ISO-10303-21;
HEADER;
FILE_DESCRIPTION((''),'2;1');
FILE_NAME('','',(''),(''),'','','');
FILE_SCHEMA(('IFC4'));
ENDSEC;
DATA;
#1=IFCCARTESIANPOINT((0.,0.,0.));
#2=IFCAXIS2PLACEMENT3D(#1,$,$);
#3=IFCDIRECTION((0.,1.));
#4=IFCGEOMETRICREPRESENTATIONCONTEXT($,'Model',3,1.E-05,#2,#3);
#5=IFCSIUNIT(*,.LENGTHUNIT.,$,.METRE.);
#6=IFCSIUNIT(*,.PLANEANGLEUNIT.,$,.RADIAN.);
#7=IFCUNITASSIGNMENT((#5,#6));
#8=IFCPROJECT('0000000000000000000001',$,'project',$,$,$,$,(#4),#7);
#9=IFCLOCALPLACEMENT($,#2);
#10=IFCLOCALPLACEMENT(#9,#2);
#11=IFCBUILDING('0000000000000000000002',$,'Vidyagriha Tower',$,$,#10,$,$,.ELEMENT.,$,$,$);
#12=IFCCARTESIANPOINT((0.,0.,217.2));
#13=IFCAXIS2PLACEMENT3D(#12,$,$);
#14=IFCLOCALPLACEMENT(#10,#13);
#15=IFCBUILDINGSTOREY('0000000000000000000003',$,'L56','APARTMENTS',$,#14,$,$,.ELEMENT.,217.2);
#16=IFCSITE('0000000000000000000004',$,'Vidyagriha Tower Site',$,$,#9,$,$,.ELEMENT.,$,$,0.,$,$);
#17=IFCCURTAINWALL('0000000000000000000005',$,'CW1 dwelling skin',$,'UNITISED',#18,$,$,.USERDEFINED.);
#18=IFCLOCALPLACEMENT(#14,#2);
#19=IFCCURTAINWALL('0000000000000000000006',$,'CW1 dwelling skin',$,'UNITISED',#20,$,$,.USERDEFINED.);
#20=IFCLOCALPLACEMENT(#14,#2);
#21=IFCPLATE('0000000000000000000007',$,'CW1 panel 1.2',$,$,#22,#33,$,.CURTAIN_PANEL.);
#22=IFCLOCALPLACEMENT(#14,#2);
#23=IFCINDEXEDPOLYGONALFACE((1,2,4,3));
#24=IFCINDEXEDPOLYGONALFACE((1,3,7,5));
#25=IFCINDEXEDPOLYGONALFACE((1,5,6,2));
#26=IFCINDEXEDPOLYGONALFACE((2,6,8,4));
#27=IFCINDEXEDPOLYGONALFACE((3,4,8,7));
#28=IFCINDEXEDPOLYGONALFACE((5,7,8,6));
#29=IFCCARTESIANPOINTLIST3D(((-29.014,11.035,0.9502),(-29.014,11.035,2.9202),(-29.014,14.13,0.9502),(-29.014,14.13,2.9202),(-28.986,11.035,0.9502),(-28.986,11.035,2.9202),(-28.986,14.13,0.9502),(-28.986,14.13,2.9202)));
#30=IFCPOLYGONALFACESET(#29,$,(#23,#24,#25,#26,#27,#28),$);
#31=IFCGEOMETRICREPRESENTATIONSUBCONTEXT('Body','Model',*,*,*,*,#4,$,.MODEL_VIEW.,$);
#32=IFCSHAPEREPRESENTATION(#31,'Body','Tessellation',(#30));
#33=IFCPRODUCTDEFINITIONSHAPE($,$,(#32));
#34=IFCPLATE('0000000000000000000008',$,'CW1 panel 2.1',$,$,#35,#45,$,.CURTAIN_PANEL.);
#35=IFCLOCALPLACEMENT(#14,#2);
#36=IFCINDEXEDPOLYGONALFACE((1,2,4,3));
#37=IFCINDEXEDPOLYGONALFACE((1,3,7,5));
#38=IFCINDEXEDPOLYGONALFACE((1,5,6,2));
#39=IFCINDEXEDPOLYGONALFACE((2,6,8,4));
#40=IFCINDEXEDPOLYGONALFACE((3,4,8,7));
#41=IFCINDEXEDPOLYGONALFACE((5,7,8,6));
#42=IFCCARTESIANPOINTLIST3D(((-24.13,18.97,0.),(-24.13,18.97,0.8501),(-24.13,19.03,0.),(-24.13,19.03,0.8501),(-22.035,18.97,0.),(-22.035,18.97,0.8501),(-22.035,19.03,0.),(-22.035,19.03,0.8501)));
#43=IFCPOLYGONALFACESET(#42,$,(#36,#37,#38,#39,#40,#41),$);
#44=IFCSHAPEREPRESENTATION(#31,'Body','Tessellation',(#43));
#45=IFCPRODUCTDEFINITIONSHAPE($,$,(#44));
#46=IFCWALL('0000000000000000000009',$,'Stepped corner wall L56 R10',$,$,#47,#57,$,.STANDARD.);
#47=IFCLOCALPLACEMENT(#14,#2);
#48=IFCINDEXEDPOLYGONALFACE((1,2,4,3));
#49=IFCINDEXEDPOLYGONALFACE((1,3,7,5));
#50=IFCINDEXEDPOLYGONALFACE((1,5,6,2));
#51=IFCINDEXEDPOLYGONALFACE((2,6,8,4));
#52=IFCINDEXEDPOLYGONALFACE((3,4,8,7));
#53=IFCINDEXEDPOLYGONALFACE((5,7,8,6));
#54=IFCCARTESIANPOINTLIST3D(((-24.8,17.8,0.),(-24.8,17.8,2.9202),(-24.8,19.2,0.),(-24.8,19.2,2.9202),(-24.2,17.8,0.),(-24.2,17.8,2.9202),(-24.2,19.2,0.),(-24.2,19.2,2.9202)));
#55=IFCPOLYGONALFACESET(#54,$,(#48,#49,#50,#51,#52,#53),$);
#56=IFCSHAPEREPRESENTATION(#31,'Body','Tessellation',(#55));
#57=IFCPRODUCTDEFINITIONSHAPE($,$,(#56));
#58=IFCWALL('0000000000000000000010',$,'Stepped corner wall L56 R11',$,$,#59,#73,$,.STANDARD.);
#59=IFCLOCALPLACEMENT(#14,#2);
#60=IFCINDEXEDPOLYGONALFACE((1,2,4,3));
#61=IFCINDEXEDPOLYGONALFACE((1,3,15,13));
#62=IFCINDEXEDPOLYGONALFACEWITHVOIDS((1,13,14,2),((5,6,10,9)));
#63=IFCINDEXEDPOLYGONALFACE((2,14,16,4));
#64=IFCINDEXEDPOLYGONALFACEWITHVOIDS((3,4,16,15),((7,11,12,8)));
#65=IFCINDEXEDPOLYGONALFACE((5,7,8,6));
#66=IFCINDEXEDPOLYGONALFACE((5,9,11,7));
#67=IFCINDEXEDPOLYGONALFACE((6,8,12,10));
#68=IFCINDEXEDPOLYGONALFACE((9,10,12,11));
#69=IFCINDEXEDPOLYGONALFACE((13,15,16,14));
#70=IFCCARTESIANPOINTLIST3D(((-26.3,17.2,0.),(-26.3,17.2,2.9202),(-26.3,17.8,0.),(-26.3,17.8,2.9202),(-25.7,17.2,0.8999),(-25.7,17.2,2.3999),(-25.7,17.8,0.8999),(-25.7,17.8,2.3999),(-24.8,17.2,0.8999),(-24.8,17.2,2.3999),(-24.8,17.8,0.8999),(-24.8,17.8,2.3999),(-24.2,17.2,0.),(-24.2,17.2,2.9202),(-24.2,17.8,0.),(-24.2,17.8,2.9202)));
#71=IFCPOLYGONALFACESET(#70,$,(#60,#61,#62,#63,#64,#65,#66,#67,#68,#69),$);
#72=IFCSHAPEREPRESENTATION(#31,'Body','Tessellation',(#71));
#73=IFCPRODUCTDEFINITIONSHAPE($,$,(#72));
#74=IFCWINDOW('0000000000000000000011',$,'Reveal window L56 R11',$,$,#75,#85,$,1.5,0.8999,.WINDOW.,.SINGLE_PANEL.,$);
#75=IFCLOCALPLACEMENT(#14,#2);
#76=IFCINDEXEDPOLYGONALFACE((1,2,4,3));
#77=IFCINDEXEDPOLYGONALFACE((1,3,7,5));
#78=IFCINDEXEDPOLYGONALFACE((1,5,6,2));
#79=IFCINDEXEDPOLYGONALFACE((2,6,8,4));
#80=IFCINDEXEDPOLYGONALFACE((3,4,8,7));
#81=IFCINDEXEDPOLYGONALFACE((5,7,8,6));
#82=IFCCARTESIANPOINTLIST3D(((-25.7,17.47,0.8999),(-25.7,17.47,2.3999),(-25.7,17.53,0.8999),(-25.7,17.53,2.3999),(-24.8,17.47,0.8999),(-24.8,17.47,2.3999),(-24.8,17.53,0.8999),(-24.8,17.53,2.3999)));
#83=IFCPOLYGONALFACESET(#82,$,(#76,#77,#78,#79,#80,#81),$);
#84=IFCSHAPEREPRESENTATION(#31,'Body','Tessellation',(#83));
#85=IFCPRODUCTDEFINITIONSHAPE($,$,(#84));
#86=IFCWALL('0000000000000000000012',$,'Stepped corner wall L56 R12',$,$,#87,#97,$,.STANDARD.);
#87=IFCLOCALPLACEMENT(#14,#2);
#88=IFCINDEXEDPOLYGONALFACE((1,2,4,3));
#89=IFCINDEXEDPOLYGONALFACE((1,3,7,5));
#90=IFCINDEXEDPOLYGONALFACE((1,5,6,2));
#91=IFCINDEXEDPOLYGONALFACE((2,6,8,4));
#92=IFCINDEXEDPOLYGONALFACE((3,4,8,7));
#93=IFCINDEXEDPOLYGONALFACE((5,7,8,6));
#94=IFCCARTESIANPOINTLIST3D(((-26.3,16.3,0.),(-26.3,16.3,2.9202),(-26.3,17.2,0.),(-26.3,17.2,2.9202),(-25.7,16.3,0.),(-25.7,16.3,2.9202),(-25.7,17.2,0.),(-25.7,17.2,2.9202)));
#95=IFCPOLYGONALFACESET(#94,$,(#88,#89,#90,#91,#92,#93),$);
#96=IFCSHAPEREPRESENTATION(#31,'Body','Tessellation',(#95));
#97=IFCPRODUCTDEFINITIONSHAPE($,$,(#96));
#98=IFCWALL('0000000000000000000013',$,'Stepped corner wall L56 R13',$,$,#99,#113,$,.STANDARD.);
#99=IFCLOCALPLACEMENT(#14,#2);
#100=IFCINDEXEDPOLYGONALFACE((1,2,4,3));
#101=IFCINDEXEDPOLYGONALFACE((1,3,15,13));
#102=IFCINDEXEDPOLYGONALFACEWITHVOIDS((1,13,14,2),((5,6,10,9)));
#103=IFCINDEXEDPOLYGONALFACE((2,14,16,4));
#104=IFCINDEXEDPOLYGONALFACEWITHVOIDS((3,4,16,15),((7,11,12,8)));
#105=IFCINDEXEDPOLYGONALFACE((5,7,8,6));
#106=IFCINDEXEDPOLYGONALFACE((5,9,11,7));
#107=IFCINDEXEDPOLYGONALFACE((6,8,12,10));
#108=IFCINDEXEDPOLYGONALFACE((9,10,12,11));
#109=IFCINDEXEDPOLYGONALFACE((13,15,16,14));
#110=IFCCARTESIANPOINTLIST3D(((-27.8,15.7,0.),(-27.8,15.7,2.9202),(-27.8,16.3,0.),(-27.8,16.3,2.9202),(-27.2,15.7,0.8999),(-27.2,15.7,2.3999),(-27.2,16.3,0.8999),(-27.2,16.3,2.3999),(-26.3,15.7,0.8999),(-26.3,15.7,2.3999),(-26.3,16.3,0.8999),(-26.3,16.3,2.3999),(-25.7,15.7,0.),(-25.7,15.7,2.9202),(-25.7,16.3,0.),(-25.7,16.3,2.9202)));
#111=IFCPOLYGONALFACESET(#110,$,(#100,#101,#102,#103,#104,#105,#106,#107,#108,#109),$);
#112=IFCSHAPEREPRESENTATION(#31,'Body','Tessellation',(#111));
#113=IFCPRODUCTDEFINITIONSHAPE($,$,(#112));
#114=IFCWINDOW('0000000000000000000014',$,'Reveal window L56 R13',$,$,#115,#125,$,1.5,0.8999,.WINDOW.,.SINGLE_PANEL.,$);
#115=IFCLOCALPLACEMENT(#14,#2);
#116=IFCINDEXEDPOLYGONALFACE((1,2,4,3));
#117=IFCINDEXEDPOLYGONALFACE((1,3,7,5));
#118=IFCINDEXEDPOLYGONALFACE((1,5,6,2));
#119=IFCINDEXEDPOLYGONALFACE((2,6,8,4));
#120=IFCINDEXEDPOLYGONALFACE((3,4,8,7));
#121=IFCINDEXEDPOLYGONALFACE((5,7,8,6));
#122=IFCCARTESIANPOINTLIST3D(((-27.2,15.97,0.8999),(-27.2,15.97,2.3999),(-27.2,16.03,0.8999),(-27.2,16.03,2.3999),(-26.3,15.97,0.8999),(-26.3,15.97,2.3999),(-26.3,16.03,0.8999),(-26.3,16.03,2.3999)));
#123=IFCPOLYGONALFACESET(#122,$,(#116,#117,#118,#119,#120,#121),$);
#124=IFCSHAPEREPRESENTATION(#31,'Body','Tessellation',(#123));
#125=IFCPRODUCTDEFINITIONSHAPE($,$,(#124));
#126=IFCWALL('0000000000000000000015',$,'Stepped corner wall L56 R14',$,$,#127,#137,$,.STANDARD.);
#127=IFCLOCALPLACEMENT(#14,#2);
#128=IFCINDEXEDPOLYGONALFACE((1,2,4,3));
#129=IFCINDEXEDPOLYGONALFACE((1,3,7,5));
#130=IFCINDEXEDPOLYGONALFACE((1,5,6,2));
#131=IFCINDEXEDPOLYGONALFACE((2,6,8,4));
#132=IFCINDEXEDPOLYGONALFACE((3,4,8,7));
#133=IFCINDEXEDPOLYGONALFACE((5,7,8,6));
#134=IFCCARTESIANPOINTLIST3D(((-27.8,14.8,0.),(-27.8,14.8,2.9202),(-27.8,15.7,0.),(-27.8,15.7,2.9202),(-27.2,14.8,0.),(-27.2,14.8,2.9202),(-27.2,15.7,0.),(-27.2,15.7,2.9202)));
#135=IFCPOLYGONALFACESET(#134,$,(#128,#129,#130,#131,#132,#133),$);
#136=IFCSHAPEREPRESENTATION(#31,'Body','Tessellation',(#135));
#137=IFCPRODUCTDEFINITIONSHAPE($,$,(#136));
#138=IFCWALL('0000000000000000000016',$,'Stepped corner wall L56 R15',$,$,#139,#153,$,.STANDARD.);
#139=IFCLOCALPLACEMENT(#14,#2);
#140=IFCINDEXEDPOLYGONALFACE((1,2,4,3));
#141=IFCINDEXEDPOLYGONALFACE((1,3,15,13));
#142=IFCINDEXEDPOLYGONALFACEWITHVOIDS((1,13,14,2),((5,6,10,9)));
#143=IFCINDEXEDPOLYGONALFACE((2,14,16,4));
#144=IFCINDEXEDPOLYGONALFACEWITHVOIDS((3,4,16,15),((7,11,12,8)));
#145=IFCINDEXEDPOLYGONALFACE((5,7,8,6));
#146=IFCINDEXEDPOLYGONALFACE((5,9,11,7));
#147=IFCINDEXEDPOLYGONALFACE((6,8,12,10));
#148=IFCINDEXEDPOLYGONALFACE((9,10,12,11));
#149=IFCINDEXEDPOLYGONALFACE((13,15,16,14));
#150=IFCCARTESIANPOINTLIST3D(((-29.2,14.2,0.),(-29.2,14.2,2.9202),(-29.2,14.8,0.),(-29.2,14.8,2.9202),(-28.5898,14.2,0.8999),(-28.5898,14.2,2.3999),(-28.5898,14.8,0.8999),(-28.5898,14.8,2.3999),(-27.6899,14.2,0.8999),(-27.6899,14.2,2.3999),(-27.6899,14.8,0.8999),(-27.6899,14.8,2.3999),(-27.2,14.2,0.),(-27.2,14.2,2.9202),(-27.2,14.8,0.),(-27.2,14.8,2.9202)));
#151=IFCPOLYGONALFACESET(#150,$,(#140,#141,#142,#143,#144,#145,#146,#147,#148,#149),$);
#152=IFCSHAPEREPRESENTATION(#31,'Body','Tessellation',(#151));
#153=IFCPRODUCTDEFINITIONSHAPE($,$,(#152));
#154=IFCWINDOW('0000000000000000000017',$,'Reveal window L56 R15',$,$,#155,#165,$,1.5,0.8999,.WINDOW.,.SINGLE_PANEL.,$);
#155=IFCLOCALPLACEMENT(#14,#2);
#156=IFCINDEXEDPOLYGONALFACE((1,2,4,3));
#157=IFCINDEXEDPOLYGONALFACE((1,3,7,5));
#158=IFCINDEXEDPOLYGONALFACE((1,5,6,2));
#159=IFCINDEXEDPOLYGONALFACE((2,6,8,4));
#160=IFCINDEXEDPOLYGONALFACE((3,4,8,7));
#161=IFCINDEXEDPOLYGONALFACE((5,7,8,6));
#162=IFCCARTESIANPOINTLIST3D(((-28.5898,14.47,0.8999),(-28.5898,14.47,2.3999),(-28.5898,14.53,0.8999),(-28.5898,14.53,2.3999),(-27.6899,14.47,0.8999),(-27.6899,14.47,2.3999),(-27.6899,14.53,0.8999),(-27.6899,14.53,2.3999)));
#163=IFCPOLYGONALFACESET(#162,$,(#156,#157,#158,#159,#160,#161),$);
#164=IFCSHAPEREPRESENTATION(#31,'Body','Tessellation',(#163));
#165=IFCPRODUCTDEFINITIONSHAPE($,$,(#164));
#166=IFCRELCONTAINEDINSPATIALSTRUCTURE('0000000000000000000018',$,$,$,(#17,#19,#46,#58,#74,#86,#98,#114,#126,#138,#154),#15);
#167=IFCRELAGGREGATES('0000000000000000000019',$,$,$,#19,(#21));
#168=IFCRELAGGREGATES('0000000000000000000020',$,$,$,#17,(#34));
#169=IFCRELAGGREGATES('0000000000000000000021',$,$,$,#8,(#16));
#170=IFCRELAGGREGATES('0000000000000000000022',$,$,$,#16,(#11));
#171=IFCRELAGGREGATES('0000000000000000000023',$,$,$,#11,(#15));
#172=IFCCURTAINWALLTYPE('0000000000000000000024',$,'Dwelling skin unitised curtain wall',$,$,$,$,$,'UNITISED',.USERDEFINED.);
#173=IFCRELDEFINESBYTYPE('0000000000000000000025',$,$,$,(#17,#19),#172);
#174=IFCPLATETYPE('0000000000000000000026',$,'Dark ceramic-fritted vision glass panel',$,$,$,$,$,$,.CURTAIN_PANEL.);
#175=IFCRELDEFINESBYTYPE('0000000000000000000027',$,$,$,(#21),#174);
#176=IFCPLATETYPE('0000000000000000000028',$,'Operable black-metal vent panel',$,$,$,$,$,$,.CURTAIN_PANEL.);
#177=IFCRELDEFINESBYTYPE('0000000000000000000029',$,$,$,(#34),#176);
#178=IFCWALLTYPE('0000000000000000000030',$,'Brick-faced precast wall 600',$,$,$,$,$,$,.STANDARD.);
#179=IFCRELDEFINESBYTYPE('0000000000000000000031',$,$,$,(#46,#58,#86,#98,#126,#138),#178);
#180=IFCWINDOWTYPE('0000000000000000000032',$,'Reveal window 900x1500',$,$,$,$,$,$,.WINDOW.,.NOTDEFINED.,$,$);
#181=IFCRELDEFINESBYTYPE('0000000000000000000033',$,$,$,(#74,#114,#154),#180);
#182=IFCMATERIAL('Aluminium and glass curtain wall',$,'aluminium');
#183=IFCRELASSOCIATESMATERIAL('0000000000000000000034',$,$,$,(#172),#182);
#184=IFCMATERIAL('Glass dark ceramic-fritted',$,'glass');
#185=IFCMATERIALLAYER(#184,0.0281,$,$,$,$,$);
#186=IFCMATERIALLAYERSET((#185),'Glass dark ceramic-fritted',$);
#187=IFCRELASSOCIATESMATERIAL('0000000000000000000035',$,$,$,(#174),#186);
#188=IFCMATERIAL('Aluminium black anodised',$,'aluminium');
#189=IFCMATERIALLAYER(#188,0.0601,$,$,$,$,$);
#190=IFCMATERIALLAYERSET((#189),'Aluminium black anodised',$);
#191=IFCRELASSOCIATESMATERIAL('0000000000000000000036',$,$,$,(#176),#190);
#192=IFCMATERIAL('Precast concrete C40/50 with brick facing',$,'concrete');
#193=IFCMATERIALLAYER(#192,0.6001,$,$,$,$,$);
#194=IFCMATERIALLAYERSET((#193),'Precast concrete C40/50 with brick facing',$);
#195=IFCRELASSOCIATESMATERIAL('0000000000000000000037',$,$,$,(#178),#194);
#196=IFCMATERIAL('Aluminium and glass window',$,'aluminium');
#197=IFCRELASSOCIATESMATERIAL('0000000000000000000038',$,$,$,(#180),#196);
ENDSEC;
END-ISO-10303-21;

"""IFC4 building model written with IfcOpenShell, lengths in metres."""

from ifc_helpers import new_model, si_unit, direction, frame, frame_2d, origin, origin_2d, place, context, subcontext, project, spatial, rectangle, extrude, material, layer, layer_set, type_object, element, fill, aggregate, save


model = new_model("IFC4")

# Units and contexts
model_context = context("Model", 3, precision=1e-05, world=origin(), true_north=direction((0.0, 1.0)))
body_context = subcontext(model_context, "Body", "Model", "MODEL_VIEW")
ifc_project = project(units=[si_unit("LENGTHUNIT", "METRE"), si_unit("PLANEANGLEUNIT", "RADIAN")], contexts=[model_context])

# Site, building, storey
site_placement = place(None, origin())
site = spatial("IfcSite", under=ifc_project, at=site_placement, Name="Vidyagriha Tower Site", CompositionType="ELEMENT", RefElevation=0.0)
building_placement = place(site_placement, origin())
building = spatial("IfcBuilding", under=site, at=building_placement, Name="Vidyagriha Tower", CompositionType="ELEMENT")
storey_placement = place(building_placement, frame((0.0, 0.0, 217.2)))
storey = spatial("IfcBuildingStorey", under=building, at=storey_placement, Name="L56", Description="APARTMENTS", CompositionType="ELEMENT", Elevation=217.2)

# Curtain wall
ifc_material_1 = material(Name="Aluminium and glass curtain wall", Category="aluminium")
curtain_wall_type = type_object("IfcCurtainWallType", Name="Dwelling skin unitised curtain wall", ElementType="UNITISED", PredefinedType="USERDEFINED", material=ifc_material_1)
curtain_wall_1_placement = place(storey_placement, origin())
curtain_wall_1 = element("IfcCurtainWall", 1, at=curtain_wall_1_placement, inside=storey, type_object=curtain_wall_type, Name="CW1 dwelling skin", ObjectType="UNITISED", PredefinedType="USERDEFINED")

# Curtain wall
curtain_wall_2_placement = place(storey_placement, origin())
curtain_wall_2 = element("IfcCurtainWall", 2, at=curtain_wall_2_placement, inside=storey, type_object=curtain_wall_type, Name="CW1 dwelling skin", ObjectType="UNITISED", PredefinedType="USERDEFINED")

# Plates
ifc_material_2 = material(Name="Glass dark ceramic-fritted", Category="glass")
ifc_layer_1 = layer(ifc_material_2, 0.0281)
ifc_layer_set_1 = layer_set([ifc_layer_1], Name="Glass dark ceramic-fritted")
plate_type_1 = type_object("IfcPlateType", Name="Dark ceramic-fritted vision glass panel", PredefinedType="CURTAIN_PANEL", material=ifc_layer_set_1)
plate_1_placement = place(storey_placement, frame((-29.0, 12.5825, 0.9502), z_axis=(0.0, 0.0, 1.0), x_axis=(0.0, -1.0, 0.0)))
plate_1 = element("IfcPlate", 3, at=plate_1_placement, type_object=plate_type_1, Name="CW1 panel 1.2", PredefinedType="CURTAIN_PANEL", context=body_context, shape_type="SweptSolid", body=[
    extrude(rectangle(XDim=3.095, YDim=0.0281, at=origin_2d()), origin(), (0.0, 0.0, 1.0), 1.97),
])
aggregate(curtain_wall_2, [plate_1])
ifc_material_3 = material(Name="Aluminium black anodised", Category="aluminium")
ifc_layer_2 = layer(ifc_material_3, 0.0601)
ifc_layer_set_2 = layer_set([ifc_layer_2], Name="Aluminium black anodised")
plate_type_2 = type_object("IfcPlateType", Name="Operable black-metal vent panel", PredefinedType="CURTAIN_PANEL", material=ifc_layer_set_2)
plate_2_placement = place(storey_placement, frame((-23.0825, 19.0, 0.0), z_axis=(0.0, 0.0, 1.0), x_axis=(-1.0, 0.0, 0.0)))
plate_2 = element("IfcPlate", 4, at=plate_2_placement, type_object=plate_type_2, Name="CW1 panel 2.1", PredefinedType="CURTAIN_PANEL", context=body_context, shape_type="SweptSolid", body=[
    extrude(rectangle(XDim=2.095, YDim=0.0601, at=origin_2d()), origin(), (0.0, 0.0, 1.0), 0.8501),
])
aggregate(curtain_wall_1, [plate_2])

# Wall
ifc_material_4 = material(Name="Precast concrete C40/50 with brick facing", Category="concrete")
ifc_layer_3 = layer(ifc_material_4, 0.6001)
ifc_layer_set_3 = layer_set([ifc_layer_3], Name="Precast concrete C40/50 with brick facing")
wall_type_1 = type_object("IfcWallType", Name="Brick-faced precast wall 600", PredefinedType="STANDARD", material=ifc_layer_set_3)
wall_1_placement = place(storey_placement, frame((-24.5, 19.2, 0.0), z_axis=(0.0, 0.0, 1.0), x_axis=(0.0, -1.0, 0.0)))
element("IfcWall", 5, at=wall_1_placement, inside=storey, type_object=wall_type_1, Name="Stepped corner wall L56 R10", PredefinedType="STANDARD", context=body_context, shape_type="SweptSolid", body=[
    extrude(rectangle(XDim=1.3999, YDim=0.6001, at=frame_2d((0.7, 0.0))), origin(), (0.0, 0.0, 1.0), 2.9202),
])

# Wall, opening, window
wall_2_placement = place(storey_placement, frame((-24.2, 17.5, 0.0), z_axis=(0.0, 0.0, 1.0), x_axis=(-1.0, 0.0, 0.0)))
wall_2 = element("IfcWall", 6, at=wall_2_placement, inside=storey, type_object=wall_type_1, Name="Stepped corner wall L56 R11", PredefinedType="STANDARD", context=body_context, shape_type="SweptSolid", body=[
    extrude(rectangle(XDim=2.1001, YDim=0.6001, at=frame_2d((1.05, 0.0))), origin(), (0.0, 0.0, 1.0), 2.9202),
])
opening_1_placement = place(wall_2_placement, frame((0.6001, 0.0, 0.8999)))
opening_1 = element("IfcOpeningElement", 7, at=opening_1_placement, cuts=wall_2, PredefinedType="OPENING", context=body_context, shape_type="SweptSolid", body=[
    extrude(rectangle(XDim=0.8999, YDim=1.5, at=frame_2d((0.45, 0.75))), frame((0.0, 0.3101, 0.0), z_axis=(0.0, -1.0, 0.0), x_axis=(1.0, 0.0, 0.0)), (0.0, 0.0, 1.0), 0.6201),
])
ifc_material_5 = material(Name="Aluminium and glass window", Category="aluminium")
window_type = type_object("IfcWindowType", Name="Reveal window 900x1500", PartitioningType="NOTDEFINED", PredefinedType="WINDOW", material=ifc_material_5)
window_1_placement = place(opening_1_placement, origin())
window_1 = element("IfcWindow", 8, at=window_1_placement, inside=storey, type_object=window_type, Name="Reveal window L56 R11", OverallHeight=1.5, OverallWidth=0.8999, PartitioningType="SINGLE_PANEL", PredefinedType="WINDOW", context=body_context, shape_type="SweptSolid", body=[
    extrude(rectangle(XDim=0.8999, YDim=1.5, at=frame_2d((0.45, 0.75))), frame((0.0, 0.03, 0.0), z_axis=(0.0, -1.0, 0.0), x_axis=(1.0, 0.0, 0.0)), (0.0, 0.0, 1.0), 0.0601),
])
fill(opening_1, window_1)

# Wall
wall_3_placement = place(storey_placement, frame((-26.0, 17.2, 0.0), z_axis=(0.0, 0.0, 1.0), x_axis=(0.0, -1.0, 0.0)))
element("IfcWall", 9, at=wall_3_placement, inside=storey, type_object=wall_type_1, Name="Stepped corner wall L56 R12", PredefinedType="STANDARD", context=body_context, shape_type="SweptSolid", body=[
    extrude(rectangle(XDim=0.8999, YDim=0.6001, at=frame_2d((0.45, 0.0))), origin(), (0.0, 0.0, 1.0), 2.9202),
])

# Wall, opening, window
wall_4_placement = place(storey_placement, frame((-25.7, 16.0, 0.0), z_axis=(0.0, 0.0, 1.0), x_axis=(-1.0, 0.0, 0.0)))
wall_4 = element("IfcWall", 10, at=wall_4_placement, inside=storey, type_object=wall_type_1, Name="Stepped corner wall L56 R13", PredefinedType="STANDARD", context=body_context, shape_type="SweptSolid", body=[
    extrude(rectangle(XDim=2.1001, YDim=0.6001, at=frame_2d((1.05, 0.0))), origin(), (0.0, 0.0, 1.0), 2.9202),
])
opening_2_placement = place(wall_4_placement, frame((0.6001, 0.0, 0.8999)))
opening_2 = element("IfcOpeningElement", 11, at=opening_2_placement, cuts=wall_4, PredefinedType="OPENING", context=body_context, shape_type="SweptSolid", body=[
    extrude(rectangle(XDim=0.8999, YDim=1.5, at=frame_2d((0.45, 0.75))), frame((0.0, 0.3101, 0.0), z_axis=(0.0, -1.0, 0.0), x_axis=(1.0, 0.0, 0.0)), (0.0, 0.0, 1.0), 0.6201),
])
window_2_placement = place(opening_2_placement, origin())
window_2 = element("IfcWindow", 12, at=window_2_placement, inside=storey, type_object=window_type, Name="Reveal window L56 R13", OverallHeight=1.5, OverallWidth=0.8999, PartitioningType="SINGLE_PANEL", PredefinedType="WINDOW", context=body_context, shape_type="SweptSolid", body=[
    extrude(rectangle(XDim=0.8999, YDim=1.5, at=frame_2d((0.45, 0.75))), frame((0.0, 0.03, 0.0), z_axis=(0.0, -1.0, 0.0), x_axis=(1.0, 0.0, 0.0)), (0.0, 0.0, 1.0), 0.0601),
])
fill(opening_2, window_2)

# Wall
wall_5_placement = place(storey_placement, frame((-27.5, 15.7, 0.0), z_axis=(0.0, 0.0, 1.0), x_axis=(0.0, -1.0, 0.0)))
element("IfcWall", 13, at=wall_5_placement, inside=storey, type_object=wall_type_1, Name="Stepped corner wall L56 R14", PredefinedType="STANDARD", context=body_context, shape_type="SweptSolid", body=[
    extrude(rectangle(XDim=0.8999, YDim=0.6001, at=frame_2d((0.45, 0.0))), origin(), (0.0, 0.0, 1.0), 2.9202),
])

# Wall, opening, window
wall_6_placement = place(storey_placement, frame((-27.2, 14.5, 0.0), z_axis=(0.0, 0.0, 1.0), x_axis=(-1.0, 0.0, 0.0)))
wall_6 = element("IfcWall", 14, at=wall_6_placement, inside=storey, type_object=wall_type_1, Name="Stepped corner wall L56 R15", PredefinedType="STANDARD", context=body_context, shape_type="SweptSolid", body=[
    extrude(rectangle(XDim=2.0, YDim=0.6001, at=frame_2d((1.0, 0.0))), origin(), (0.0, 0.0, 1.0), 2.9202),
])
opening_3_placement = place(wall_6_placement, frame((0.49, 0.0, 0.8999)))
opening_3 = element("IfcOpeningElement", 15, at=opening_3_placement, cuts=wall_6, PredefinedType="OPENING", context=body_context, shape_type="SweptSolid", body=[
    extrude(rectangle(XDim=0.8999, YDim=1.5, at=frame_2d((0.45, 0.75))), frame((0.0, 0.3101, 0.0), z_axis=(0.0, -1.0, 0.0), x_axis=(1.0, 0.0, 0.0)), (0.0, 0.0, 1.0), 0.6201),
])
window_3_placement = place(opening_3_placement, origin())
window_3 = element("IfcWindow", 16, at=window_3_placement, inside=storey, type_object=window_type, Name="Reveal window L56 R15", OverallHeight=1.5, OverallWidth=0.8999, PartitioningType="SINGLE_PANEL", PredefinedType="WINDOW", context=body_context, shape_type="SweptSolid", body=[
    extrude(rectangle(XDim=0.8999, YDim=1.5, at=frame_2d((0.45, 0.75))), frame((0.0, 0.03, 0.0), z_axis=(0.0, -1.0, 0.0), x_axis=(1.0, 0.0, 0.0)), (0.0, 0.0, 1.0), 0.0601),
])
fill(opening_3, window_3)

save(model, "model.ifc")
